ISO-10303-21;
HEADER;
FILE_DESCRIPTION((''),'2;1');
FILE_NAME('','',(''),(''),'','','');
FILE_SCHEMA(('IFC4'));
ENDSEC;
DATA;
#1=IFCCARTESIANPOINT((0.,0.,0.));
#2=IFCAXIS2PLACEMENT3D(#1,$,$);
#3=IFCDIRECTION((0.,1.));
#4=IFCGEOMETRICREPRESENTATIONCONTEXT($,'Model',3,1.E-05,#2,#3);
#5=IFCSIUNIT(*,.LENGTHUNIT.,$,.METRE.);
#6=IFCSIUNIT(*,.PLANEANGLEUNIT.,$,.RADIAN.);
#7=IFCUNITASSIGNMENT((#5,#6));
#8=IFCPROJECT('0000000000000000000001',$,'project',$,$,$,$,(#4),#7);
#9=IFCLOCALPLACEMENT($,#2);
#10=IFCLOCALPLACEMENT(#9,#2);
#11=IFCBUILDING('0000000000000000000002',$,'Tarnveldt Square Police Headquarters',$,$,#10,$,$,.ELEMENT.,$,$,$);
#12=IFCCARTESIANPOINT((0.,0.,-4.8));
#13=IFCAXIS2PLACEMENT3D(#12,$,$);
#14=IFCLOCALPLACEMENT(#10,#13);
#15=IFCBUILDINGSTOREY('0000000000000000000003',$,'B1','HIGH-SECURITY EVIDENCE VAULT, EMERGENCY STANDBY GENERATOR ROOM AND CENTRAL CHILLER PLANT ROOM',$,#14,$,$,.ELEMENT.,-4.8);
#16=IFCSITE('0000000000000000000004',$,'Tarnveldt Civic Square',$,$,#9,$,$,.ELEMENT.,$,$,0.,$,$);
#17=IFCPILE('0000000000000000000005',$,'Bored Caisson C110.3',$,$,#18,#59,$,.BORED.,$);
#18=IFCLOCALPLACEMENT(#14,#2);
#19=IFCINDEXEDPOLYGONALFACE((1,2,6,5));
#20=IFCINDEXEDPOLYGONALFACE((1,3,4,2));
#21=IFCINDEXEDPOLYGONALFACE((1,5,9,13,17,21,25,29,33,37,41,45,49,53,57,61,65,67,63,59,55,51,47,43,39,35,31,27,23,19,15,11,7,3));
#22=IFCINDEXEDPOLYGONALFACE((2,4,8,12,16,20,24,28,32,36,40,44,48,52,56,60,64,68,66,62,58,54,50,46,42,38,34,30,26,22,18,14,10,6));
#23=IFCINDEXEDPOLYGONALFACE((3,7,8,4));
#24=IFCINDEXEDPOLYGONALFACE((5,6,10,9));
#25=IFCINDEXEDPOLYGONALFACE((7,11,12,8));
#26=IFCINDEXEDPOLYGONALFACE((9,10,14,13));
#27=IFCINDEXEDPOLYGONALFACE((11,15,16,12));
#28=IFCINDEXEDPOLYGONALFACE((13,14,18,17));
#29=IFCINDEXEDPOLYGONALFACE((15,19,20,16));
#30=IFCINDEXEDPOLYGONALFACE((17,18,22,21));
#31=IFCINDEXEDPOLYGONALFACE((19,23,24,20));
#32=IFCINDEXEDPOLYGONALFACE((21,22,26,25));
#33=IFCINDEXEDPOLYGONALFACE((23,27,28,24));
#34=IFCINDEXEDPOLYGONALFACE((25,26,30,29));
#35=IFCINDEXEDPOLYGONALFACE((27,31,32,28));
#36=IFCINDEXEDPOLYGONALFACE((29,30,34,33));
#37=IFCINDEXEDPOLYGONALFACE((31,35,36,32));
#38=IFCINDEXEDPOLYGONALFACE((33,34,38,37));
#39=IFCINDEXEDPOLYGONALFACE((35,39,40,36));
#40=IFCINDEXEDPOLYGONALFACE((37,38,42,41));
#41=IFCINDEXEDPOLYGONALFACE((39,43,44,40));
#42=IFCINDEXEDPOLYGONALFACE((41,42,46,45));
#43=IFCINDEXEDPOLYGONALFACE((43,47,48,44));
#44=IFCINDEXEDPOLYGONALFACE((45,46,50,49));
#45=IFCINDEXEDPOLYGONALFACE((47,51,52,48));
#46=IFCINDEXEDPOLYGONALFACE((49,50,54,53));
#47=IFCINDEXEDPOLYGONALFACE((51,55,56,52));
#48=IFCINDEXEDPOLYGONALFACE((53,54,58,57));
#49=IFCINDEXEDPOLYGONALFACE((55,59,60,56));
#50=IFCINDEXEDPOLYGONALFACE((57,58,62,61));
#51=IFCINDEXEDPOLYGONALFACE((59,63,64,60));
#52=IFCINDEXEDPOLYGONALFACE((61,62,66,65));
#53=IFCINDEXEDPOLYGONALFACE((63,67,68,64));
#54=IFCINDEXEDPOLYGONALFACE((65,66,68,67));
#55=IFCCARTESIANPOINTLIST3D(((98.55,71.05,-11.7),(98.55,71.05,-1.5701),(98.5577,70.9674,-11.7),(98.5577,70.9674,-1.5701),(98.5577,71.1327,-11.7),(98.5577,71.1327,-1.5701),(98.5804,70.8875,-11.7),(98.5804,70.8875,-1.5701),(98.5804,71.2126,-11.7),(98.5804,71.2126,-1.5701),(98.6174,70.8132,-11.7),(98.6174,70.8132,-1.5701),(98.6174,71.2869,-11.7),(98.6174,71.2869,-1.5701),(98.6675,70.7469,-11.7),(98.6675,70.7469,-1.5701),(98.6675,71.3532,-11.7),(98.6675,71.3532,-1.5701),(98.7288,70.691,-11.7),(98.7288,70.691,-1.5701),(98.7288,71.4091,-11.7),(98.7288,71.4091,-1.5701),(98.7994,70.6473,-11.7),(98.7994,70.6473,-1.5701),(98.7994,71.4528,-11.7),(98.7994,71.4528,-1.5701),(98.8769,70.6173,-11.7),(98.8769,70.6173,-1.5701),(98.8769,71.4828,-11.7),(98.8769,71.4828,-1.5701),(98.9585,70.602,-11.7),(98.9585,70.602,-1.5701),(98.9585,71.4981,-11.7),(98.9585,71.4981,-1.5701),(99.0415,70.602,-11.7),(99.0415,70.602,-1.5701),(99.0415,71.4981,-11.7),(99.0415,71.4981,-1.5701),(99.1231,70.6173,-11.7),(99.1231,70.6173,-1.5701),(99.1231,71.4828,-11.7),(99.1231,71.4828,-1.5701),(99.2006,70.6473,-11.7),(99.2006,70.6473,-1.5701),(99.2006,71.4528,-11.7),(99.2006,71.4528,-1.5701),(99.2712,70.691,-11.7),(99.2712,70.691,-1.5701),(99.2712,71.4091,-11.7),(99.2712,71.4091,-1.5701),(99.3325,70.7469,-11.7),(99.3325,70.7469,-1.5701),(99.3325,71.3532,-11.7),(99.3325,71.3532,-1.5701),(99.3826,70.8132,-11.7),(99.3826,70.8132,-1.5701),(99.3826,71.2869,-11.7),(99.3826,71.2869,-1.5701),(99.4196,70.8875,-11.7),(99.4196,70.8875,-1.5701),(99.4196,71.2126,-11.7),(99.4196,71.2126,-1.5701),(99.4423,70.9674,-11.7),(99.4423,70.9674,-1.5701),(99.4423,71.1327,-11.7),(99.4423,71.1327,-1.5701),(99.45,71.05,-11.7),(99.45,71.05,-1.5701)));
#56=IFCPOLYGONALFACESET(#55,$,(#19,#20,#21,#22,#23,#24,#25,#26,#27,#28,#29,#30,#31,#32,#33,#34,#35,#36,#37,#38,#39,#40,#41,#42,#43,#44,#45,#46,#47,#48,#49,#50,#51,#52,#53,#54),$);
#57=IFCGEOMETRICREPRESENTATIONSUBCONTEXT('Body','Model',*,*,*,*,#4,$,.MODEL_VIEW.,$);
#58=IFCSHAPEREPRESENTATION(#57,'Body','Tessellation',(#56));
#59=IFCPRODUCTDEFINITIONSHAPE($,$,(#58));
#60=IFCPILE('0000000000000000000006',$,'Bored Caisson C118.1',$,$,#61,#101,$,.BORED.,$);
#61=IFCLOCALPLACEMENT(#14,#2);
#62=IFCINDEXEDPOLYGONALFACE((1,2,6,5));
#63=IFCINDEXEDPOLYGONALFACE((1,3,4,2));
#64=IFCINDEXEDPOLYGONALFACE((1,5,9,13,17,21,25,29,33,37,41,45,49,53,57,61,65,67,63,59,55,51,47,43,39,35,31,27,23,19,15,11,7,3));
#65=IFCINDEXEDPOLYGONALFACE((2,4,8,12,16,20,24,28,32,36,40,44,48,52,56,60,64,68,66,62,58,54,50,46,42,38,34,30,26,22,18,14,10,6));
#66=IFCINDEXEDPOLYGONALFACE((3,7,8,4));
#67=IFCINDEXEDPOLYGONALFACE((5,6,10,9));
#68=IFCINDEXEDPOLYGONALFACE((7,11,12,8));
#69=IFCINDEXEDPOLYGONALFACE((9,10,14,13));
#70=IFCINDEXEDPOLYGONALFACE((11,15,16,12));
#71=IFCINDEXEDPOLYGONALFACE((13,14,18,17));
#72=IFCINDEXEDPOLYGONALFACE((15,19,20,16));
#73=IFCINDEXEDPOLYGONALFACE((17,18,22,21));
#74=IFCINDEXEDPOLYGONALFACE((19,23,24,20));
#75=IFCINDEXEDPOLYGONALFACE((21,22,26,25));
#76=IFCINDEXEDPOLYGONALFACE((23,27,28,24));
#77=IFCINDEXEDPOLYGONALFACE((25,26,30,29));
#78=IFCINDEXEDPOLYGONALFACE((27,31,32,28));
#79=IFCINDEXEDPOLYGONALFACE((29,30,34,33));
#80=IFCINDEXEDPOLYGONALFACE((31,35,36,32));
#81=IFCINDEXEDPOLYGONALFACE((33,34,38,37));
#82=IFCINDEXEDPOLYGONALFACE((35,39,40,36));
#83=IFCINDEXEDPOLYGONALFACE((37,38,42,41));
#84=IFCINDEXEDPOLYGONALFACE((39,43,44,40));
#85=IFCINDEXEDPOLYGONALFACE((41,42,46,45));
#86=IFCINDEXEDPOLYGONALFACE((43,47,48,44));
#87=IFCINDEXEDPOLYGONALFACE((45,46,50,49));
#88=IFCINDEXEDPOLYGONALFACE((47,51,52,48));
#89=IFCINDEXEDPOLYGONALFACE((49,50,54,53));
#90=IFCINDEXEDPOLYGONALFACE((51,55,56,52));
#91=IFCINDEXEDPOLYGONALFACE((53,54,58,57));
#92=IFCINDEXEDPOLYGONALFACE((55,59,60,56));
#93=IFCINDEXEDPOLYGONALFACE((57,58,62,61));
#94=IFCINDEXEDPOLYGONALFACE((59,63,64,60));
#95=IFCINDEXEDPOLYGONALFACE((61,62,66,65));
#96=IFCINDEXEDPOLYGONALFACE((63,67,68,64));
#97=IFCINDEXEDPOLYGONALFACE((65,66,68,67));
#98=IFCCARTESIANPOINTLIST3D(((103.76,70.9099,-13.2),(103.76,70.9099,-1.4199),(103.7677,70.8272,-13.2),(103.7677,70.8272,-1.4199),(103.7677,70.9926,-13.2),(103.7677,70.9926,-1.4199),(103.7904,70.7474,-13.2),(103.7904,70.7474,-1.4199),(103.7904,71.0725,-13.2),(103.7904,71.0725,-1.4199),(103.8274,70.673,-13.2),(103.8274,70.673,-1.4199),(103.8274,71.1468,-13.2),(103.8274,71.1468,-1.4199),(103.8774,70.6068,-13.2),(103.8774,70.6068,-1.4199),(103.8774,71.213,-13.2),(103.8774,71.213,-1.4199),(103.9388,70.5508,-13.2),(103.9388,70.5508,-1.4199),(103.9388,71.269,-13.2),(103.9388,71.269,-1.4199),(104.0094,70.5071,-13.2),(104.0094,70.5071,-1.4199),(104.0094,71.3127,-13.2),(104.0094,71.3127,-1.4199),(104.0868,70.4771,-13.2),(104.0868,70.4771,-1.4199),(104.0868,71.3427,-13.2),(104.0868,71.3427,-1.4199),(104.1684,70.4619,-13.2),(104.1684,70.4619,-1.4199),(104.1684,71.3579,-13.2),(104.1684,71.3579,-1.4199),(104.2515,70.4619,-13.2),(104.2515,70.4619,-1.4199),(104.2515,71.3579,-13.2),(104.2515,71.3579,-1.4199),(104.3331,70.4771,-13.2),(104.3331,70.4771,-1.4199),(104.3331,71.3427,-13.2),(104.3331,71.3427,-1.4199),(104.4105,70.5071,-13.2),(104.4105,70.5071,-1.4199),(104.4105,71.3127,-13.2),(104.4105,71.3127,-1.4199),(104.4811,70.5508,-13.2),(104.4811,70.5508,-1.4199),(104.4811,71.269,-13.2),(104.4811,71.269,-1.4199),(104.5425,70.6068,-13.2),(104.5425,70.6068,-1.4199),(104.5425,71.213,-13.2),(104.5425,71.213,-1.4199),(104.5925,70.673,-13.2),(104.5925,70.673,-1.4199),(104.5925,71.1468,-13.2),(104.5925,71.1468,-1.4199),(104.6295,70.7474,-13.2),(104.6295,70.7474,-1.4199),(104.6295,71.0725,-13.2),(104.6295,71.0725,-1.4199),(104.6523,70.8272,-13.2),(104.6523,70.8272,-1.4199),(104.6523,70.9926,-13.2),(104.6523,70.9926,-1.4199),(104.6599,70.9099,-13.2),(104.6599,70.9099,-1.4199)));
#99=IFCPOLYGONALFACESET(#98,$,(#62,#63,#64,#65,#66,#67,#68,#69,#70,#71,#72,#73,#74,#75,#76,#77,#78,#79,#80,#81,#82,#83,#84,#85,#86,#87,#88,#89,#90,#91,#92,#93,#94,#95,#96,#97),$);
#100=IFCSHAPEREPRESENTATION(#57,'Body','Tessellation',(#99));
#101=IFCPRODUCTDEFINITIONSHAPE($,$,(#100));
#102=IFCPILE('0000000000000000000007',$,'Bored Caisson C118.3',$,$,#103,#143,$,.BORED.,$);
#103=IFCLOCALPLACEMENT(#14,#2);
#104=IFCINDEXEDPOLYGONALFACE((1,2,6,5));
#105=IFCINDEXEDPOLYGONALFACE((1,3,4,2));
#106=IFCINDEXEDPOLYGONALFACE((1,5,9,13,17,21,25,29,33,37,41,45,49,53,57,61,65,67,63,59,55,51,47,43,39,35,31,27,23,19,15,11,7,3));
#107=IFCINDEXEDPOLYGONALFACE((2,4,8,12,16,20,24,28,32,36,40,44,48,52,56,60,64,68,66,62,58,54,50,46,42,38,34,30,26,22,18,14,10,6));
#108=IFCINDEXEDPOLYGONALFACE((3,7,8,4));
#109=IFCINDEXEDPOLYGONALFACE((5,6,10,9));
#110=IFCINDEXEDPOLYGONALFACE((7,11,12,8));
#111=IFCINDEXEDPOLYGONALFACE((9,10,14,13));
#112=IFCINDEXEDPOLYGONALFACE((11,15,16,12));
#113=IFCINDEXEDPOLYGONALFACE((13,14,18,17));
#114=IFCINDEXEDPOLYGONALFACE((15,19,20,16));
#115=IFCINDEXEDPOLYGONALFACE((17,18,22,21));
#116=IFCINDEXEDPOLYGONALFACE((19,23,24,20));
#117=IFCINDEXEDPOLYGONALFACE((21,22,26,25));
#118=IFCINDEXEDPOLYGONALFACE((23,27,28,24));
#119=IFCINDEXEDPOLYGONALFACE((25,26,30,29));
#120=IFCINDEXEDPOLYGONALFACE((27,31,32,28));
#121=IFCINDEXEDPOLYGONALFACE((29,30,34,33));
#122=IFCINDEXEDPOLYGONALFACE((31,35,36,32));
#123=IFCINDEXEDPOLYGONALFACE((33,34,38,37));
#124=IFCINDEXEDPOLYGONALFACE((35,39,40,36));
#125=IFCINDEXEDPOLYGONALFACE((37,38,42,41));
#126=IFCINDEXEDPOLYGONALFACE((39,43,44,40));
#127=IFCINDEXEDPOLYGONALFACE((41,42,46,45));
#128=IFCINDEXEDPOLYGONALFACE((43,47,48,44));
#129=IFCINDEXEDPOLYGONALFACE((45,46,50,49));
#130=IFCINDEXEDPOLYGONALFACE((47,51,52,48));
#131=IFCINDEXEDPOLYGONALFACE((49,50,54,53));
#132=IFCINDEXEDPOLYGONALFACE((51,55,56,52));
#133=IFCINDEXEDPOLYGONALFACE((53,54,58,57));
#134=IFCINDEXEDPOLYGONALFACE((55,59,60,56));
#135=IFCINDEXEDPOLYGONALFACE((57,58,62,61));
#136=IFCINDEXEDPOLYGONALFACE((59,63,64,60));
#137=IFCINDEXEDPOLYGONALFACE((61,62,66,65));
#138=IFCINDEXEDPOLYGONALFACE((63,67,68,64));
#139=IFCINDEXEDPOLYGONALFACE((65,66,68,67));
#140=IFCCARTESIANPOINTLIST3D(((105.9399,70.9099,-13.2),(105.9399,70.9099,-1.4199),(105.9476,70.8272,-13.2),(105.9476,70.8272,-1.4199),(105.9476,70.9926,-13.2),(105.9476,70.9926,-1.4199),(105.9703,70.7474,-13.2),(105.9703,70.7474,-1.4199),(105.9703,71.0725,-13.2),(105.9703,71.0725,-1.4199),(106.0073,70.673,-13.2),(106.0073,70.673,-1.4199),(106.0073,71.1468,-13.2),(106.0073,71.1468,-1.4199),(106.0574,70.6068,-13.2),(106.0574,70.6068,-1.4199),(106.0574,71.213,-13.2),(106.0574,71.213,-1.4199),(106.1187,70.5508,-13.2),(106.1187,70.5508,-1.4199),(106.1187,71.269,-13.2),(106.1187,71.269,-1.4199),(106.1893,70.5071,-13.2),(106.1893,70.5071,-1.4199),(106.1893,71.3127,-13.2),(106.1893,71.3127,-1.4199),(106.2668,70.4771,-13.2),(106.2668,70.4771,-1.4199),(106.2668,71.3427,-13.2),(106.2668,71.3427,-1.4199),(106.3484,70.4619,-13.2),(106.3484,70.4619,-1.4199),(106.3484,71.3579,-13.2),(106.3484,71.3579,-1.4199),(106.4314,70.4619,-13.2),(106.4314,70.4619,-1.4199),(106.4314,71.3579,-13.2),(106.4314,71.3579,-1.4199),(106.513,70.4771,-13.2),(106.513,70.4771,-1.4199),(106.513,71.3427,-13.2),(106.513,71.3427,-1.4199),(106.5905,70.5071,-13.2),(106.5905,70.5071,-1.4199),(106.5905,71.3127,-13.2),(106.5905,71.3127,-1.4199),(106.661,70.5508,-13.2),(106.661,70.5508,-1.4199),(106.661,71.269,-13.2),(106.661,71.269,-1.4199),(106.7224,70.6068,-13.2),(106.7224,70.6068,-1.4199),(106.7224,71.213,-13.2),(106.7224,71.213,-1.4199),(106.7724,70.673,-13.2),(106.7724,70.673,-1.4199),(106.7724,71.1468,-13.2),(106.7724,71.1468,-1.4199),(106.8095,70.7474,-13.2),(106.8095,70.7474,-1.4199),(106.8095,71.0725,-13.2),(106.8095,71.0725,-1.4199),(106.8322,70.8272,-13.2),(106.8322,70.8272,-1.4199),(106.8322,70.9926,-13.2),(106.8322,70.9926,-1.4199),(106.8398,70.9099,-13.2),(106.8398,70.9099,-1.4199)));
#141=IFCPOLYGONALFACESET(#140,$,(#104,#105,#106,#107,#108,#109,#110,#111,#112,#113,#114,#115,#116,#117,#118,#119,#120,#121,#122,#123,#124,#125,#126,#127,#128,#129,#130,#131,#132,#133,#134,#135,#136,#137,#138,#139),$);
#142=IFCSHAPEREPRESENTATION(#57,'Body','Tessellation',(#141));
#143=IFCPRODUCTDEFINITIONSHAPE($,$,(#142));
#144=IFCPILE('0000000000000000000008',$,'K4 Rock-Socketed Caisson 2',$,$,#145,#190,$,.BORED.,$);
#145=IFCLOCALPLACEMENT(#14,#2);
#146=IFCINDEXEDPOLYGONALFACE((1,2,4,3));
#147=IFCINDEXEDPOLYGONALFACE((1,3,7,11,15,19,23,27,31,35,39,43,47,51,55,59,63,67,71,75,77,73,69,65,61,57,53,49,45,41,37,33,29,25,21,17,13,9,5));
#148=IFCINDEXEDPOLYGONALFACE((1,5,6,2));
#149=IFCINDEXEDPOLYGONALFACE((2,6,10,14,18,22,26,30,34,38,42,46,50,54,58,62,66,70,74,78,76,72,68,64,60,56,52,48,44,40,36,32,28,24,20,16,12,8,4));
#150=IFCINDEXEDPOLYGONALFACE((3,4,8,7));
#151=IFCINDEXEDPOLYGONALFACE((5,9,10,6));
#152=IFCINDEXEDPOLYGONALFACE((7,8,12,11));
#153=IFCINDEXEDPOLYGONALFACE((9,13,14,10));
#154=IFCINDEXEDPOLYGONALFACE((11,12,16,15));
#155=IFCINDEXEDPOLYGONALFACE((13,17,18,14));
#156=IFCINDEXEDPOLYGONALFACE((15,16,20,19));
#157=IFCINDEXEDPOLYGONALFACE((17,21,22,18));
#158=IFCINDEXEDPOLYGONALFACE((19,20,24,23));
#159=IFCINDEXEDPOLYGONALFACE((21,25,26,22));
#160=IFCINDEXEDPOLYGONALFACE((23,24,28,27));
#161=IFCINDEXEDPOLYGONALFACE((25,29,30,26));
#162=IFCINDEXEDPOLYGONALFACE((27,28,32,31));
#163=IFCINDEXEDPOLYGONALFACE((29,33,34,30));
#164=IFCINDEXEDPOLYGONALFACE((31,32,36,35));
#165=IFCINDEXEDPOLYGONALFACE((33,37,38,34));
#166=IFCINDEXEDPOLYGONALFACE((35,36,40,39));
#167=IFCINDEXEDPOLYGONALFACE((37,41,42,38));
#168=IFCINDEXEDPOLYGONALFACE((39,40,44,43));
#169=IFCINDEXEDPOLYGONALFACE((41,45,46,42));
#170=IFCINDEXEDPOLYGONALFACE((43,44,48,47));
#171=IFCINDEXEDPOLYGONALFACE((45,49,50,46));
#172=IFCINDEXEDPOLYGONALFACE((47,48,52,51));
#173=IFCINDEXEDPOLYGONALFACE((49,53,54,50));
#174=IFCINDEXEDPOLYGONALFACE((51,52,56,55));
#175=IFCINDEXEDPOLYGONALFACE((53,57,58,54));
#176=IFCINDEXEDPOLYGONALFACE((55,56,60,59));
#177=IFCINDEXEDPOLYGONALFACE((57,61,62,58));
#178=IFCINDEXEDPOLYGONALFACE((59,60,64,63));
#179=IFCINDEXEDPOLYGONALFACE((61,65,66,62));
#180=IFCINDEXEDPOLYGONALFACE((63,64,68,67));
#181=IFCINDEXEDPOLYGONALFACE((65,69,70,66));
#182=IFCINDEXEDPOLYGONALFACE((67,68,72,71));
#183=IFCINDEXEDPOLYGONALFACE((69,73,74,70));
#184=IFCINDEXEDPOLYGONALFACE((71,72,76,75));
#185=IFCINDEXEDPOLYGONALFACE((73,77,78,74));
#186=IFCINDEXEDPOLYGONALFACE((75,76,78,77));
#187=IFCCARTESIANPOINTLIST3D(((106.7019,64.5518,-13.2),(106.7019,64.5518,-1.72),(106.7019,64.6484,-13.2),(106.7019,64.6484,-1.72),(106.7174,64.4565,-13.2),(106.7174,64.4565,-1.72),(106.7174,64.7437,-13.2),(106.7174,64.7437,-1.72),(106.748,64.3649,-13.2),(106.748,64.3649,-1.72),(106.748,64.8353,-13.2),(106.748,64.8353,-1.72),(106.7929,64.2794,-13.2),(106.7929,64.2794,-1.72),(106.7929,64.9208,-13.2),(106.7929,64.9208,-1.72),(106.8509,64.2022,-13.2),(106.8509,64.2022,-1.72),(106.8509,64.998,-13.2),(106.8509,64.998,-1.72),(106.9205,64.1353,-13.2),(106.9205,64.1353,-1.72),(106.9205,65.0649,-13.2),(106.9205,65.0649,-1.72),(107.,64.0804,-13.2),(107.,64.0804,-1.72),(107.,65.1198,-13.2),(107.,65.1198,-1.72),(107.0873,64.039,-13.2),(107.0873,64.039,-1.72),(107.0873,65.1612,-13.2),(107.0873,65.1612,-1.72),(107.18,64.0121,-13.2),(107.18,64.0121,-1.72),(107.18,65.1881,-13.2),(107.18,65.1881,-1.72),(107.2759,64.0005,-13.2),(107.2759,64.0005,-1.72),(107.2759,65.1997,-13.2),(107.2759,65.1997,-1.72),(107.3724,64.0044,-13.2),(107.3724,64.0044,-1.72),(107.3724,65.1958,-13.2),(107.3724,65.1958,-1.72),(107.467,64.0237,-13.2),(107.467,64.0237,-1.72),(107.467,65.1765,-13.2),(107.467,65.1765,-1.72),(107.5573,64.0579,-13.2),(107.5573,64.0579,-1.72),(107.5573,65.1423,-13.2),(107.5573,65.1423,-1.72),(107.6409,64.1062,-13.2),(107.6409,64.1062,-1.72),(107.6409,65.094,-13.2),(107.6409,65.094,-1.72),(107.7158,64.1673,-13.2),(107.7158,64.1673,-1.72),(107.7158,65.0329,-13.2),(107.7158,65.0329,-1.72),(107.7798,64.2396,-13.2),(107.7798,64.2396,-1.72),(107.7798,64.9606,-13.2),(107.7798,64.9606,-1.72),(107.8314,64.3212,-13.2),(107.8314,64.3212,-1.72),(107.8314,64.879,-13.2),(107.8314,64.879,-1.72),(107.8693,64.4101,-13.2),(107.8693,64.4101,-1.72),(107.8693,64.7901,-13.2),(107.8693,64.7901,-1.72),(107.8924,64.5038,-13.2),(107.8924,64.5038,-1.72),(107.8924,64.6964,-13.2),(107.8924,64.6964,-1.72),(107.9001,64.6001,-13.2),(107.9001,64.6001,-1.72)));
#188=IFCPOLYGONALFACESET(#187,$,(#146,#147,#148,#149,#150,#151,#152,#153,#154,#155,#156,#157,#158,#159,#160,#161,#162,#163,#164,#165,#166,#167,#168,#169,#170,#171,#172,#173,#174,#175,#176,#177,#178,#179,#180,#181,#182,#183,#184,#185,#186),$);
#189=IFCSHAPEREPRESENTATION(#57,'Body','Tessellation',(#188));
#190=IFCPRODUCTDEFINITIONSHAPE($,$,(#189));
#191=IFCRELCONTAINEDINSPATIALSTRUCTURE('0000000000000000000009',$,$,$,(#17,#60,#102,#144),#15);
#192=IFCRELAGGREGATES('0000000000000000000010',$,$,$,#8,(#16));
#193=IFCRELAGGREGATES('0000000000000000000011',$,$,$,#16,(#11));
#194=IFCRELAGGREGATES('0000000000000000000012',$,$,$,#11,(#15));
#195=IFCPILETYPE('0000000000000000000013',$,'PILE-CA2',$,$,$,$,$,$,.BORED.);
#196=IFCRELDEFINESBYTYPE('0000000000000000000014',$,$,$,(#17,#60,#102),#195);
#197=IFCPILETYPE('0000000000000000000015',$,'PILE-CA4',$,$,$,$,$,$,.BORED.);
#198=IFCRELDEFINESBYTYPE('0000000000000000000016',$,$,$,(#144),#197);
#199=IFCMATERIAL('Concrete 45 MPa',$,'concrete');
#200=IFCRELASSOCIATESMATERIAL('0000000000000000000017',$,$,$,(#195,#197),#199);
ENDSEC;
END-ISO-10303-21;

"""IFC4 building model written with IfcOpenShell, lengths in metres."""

from ifc_helpers import new_model, si_unit, direction, frame, origin, origin_2d, place, context, subcontext, project, spatial, circle, extrude, material, material_profile, profile_set, type_object, element, save


model = new_model("IFC4")

# Units and contexts
model_context = context("Model", 3, precision=1e-05, world=origin(), true_north=direction((0.0, 1.0)))
body_context = subcontext(model_context, "Body", "Model", "MODEL_VIEW")
ifc_project = project(units=[si_unit("LENGTHUNIT", "METRE"), si_unit("PLANEANGLEUNIT", "RADIAN")], contexts=[model_context])

# Site, building, storey
site_placement = place(None, origin())
site = spatial("IfcSite", under=ifc_project, at=site_placement, Name="Tarnveldt Civic Square", CompositionType="ELEMENT", RefElevation=0.0)
building_placement = place(site_placement, origin())
building = spatial("IfcBuilding", under=site, at=building_placement, Name="Tarnveldt Square Police Headquarters", CompositionType="ELEMENT")
storey_placement = place(building_placement, frame((0.0, 0.0, -4.8)))
storey = spatial("IfcBuildingStorey", under=building, at=storey_placement, Name="B1", Description="HIGH-SECURITY EVIDENCE VAULT, EMERGENCY STANDBY GENERATOR ROOM AND CENTRAL CHILLER PLANT ROOM", CompositionType="ELEMENT", Elevation=-4.8)

# Shared definitions
ifc_material_1 = material(Name="Concrete 45 MPa", Category="concrete")

# Piles
ifc_material_profile_1 = material_profile(ifc_material_1, circle(Radius=0.45, at=origin_2d()), Name="CAISSON-D900")
ifc_profile_set_1 = profile_set([ifc_material_profile_1], Name="Concrete 45 MPa")
pile_type_1 = type_object("IfcPileType", Name="PILE-CA2", PredefinedType="BORED", material=ifc_profile_set_1)
for number, where, z_axis, x_axis, name in (
    (1, (99.0, 71.05, -1.5701), (0.0, 0.0, -1.0), (1.0, 0.0, 0.0), "Bored Caisson C110.3"),
):
    element("IfcPile", number, at=place(storey_placement, frame(where, z_axis=z_axis, x_axis=x_axis)), inside=storey, type_object=pile_type_1, Name=name, PredefinedType="BORED", context=body_context, shape_type="SweptSolid", body=[
        extrude(circle(Radius=0.45, at=origin_2d()), origin(), (0.0, 0.0, 1.0), 10.1299),
    ])
for number, where, z_axis, x_axis, name in (
    (2, (104.21, 70.9099, -1.4199), (0.0, 0.0, -1.0), (1.0, 0.0, 0.0), "Bored Caisson C118.1"),
    (3, (106.3899, 70.9099, -1.4199), (0.0, 0.0, -1.0), (1.0, 0.0, 0.0), "Bored Caisson C118.3"),
):
    element("IfcPile", number, at=place(storey_placement, frame(where, z_axis=z_axis, x_axis=x_axis)), inside=storey, type_object=pile_type_1, Name=name, PredefinedType="BORED", context=body_context, shape_type="SweptSolid", body=[
        extrude(circle(Radius=0.45, at=origin_2d()), origin(), (0.0, 0.0, 1.0), 11.78),
    ])
ifc_material_profile_2 = material_profile(ifc_material_1, circle(Radius=0.6001, at=origin_2d()), Name="CAISSON-D1200")
ifc_profile_set_2 = profile_set([ifc_material_profile_2], Name="Concrete 45 MPa")
pile_type_2 = type_object("IfcPileType", Name="PILE-CA4", PredefinedType="BORED", material=ifc_profile_set_2)
for number, where, z_axis, x_axis, name in (
    (4, (107.3, 64.6001, -1.72), (0.0, 0.0, -1.0), (1.0, 0.0, 0.0), "K4 Rock-Socketed Caisson 2"),
):
    element("IfcPile", number, at=place(storey_placement, frame(where, z_axis=z_axis, x_axis=x_axis)), inside=storey, type_object=pile_type_2, Name=name, PredefinedType="BORED", context=body_context, shape_type="SweptSolid", body=[
        extrude(circle(Radius=0.6001, at=origin_2d()), origin(), (0.0, 0.0, 1.0), 11.48),
    ])

save(model, "model.ifc")
